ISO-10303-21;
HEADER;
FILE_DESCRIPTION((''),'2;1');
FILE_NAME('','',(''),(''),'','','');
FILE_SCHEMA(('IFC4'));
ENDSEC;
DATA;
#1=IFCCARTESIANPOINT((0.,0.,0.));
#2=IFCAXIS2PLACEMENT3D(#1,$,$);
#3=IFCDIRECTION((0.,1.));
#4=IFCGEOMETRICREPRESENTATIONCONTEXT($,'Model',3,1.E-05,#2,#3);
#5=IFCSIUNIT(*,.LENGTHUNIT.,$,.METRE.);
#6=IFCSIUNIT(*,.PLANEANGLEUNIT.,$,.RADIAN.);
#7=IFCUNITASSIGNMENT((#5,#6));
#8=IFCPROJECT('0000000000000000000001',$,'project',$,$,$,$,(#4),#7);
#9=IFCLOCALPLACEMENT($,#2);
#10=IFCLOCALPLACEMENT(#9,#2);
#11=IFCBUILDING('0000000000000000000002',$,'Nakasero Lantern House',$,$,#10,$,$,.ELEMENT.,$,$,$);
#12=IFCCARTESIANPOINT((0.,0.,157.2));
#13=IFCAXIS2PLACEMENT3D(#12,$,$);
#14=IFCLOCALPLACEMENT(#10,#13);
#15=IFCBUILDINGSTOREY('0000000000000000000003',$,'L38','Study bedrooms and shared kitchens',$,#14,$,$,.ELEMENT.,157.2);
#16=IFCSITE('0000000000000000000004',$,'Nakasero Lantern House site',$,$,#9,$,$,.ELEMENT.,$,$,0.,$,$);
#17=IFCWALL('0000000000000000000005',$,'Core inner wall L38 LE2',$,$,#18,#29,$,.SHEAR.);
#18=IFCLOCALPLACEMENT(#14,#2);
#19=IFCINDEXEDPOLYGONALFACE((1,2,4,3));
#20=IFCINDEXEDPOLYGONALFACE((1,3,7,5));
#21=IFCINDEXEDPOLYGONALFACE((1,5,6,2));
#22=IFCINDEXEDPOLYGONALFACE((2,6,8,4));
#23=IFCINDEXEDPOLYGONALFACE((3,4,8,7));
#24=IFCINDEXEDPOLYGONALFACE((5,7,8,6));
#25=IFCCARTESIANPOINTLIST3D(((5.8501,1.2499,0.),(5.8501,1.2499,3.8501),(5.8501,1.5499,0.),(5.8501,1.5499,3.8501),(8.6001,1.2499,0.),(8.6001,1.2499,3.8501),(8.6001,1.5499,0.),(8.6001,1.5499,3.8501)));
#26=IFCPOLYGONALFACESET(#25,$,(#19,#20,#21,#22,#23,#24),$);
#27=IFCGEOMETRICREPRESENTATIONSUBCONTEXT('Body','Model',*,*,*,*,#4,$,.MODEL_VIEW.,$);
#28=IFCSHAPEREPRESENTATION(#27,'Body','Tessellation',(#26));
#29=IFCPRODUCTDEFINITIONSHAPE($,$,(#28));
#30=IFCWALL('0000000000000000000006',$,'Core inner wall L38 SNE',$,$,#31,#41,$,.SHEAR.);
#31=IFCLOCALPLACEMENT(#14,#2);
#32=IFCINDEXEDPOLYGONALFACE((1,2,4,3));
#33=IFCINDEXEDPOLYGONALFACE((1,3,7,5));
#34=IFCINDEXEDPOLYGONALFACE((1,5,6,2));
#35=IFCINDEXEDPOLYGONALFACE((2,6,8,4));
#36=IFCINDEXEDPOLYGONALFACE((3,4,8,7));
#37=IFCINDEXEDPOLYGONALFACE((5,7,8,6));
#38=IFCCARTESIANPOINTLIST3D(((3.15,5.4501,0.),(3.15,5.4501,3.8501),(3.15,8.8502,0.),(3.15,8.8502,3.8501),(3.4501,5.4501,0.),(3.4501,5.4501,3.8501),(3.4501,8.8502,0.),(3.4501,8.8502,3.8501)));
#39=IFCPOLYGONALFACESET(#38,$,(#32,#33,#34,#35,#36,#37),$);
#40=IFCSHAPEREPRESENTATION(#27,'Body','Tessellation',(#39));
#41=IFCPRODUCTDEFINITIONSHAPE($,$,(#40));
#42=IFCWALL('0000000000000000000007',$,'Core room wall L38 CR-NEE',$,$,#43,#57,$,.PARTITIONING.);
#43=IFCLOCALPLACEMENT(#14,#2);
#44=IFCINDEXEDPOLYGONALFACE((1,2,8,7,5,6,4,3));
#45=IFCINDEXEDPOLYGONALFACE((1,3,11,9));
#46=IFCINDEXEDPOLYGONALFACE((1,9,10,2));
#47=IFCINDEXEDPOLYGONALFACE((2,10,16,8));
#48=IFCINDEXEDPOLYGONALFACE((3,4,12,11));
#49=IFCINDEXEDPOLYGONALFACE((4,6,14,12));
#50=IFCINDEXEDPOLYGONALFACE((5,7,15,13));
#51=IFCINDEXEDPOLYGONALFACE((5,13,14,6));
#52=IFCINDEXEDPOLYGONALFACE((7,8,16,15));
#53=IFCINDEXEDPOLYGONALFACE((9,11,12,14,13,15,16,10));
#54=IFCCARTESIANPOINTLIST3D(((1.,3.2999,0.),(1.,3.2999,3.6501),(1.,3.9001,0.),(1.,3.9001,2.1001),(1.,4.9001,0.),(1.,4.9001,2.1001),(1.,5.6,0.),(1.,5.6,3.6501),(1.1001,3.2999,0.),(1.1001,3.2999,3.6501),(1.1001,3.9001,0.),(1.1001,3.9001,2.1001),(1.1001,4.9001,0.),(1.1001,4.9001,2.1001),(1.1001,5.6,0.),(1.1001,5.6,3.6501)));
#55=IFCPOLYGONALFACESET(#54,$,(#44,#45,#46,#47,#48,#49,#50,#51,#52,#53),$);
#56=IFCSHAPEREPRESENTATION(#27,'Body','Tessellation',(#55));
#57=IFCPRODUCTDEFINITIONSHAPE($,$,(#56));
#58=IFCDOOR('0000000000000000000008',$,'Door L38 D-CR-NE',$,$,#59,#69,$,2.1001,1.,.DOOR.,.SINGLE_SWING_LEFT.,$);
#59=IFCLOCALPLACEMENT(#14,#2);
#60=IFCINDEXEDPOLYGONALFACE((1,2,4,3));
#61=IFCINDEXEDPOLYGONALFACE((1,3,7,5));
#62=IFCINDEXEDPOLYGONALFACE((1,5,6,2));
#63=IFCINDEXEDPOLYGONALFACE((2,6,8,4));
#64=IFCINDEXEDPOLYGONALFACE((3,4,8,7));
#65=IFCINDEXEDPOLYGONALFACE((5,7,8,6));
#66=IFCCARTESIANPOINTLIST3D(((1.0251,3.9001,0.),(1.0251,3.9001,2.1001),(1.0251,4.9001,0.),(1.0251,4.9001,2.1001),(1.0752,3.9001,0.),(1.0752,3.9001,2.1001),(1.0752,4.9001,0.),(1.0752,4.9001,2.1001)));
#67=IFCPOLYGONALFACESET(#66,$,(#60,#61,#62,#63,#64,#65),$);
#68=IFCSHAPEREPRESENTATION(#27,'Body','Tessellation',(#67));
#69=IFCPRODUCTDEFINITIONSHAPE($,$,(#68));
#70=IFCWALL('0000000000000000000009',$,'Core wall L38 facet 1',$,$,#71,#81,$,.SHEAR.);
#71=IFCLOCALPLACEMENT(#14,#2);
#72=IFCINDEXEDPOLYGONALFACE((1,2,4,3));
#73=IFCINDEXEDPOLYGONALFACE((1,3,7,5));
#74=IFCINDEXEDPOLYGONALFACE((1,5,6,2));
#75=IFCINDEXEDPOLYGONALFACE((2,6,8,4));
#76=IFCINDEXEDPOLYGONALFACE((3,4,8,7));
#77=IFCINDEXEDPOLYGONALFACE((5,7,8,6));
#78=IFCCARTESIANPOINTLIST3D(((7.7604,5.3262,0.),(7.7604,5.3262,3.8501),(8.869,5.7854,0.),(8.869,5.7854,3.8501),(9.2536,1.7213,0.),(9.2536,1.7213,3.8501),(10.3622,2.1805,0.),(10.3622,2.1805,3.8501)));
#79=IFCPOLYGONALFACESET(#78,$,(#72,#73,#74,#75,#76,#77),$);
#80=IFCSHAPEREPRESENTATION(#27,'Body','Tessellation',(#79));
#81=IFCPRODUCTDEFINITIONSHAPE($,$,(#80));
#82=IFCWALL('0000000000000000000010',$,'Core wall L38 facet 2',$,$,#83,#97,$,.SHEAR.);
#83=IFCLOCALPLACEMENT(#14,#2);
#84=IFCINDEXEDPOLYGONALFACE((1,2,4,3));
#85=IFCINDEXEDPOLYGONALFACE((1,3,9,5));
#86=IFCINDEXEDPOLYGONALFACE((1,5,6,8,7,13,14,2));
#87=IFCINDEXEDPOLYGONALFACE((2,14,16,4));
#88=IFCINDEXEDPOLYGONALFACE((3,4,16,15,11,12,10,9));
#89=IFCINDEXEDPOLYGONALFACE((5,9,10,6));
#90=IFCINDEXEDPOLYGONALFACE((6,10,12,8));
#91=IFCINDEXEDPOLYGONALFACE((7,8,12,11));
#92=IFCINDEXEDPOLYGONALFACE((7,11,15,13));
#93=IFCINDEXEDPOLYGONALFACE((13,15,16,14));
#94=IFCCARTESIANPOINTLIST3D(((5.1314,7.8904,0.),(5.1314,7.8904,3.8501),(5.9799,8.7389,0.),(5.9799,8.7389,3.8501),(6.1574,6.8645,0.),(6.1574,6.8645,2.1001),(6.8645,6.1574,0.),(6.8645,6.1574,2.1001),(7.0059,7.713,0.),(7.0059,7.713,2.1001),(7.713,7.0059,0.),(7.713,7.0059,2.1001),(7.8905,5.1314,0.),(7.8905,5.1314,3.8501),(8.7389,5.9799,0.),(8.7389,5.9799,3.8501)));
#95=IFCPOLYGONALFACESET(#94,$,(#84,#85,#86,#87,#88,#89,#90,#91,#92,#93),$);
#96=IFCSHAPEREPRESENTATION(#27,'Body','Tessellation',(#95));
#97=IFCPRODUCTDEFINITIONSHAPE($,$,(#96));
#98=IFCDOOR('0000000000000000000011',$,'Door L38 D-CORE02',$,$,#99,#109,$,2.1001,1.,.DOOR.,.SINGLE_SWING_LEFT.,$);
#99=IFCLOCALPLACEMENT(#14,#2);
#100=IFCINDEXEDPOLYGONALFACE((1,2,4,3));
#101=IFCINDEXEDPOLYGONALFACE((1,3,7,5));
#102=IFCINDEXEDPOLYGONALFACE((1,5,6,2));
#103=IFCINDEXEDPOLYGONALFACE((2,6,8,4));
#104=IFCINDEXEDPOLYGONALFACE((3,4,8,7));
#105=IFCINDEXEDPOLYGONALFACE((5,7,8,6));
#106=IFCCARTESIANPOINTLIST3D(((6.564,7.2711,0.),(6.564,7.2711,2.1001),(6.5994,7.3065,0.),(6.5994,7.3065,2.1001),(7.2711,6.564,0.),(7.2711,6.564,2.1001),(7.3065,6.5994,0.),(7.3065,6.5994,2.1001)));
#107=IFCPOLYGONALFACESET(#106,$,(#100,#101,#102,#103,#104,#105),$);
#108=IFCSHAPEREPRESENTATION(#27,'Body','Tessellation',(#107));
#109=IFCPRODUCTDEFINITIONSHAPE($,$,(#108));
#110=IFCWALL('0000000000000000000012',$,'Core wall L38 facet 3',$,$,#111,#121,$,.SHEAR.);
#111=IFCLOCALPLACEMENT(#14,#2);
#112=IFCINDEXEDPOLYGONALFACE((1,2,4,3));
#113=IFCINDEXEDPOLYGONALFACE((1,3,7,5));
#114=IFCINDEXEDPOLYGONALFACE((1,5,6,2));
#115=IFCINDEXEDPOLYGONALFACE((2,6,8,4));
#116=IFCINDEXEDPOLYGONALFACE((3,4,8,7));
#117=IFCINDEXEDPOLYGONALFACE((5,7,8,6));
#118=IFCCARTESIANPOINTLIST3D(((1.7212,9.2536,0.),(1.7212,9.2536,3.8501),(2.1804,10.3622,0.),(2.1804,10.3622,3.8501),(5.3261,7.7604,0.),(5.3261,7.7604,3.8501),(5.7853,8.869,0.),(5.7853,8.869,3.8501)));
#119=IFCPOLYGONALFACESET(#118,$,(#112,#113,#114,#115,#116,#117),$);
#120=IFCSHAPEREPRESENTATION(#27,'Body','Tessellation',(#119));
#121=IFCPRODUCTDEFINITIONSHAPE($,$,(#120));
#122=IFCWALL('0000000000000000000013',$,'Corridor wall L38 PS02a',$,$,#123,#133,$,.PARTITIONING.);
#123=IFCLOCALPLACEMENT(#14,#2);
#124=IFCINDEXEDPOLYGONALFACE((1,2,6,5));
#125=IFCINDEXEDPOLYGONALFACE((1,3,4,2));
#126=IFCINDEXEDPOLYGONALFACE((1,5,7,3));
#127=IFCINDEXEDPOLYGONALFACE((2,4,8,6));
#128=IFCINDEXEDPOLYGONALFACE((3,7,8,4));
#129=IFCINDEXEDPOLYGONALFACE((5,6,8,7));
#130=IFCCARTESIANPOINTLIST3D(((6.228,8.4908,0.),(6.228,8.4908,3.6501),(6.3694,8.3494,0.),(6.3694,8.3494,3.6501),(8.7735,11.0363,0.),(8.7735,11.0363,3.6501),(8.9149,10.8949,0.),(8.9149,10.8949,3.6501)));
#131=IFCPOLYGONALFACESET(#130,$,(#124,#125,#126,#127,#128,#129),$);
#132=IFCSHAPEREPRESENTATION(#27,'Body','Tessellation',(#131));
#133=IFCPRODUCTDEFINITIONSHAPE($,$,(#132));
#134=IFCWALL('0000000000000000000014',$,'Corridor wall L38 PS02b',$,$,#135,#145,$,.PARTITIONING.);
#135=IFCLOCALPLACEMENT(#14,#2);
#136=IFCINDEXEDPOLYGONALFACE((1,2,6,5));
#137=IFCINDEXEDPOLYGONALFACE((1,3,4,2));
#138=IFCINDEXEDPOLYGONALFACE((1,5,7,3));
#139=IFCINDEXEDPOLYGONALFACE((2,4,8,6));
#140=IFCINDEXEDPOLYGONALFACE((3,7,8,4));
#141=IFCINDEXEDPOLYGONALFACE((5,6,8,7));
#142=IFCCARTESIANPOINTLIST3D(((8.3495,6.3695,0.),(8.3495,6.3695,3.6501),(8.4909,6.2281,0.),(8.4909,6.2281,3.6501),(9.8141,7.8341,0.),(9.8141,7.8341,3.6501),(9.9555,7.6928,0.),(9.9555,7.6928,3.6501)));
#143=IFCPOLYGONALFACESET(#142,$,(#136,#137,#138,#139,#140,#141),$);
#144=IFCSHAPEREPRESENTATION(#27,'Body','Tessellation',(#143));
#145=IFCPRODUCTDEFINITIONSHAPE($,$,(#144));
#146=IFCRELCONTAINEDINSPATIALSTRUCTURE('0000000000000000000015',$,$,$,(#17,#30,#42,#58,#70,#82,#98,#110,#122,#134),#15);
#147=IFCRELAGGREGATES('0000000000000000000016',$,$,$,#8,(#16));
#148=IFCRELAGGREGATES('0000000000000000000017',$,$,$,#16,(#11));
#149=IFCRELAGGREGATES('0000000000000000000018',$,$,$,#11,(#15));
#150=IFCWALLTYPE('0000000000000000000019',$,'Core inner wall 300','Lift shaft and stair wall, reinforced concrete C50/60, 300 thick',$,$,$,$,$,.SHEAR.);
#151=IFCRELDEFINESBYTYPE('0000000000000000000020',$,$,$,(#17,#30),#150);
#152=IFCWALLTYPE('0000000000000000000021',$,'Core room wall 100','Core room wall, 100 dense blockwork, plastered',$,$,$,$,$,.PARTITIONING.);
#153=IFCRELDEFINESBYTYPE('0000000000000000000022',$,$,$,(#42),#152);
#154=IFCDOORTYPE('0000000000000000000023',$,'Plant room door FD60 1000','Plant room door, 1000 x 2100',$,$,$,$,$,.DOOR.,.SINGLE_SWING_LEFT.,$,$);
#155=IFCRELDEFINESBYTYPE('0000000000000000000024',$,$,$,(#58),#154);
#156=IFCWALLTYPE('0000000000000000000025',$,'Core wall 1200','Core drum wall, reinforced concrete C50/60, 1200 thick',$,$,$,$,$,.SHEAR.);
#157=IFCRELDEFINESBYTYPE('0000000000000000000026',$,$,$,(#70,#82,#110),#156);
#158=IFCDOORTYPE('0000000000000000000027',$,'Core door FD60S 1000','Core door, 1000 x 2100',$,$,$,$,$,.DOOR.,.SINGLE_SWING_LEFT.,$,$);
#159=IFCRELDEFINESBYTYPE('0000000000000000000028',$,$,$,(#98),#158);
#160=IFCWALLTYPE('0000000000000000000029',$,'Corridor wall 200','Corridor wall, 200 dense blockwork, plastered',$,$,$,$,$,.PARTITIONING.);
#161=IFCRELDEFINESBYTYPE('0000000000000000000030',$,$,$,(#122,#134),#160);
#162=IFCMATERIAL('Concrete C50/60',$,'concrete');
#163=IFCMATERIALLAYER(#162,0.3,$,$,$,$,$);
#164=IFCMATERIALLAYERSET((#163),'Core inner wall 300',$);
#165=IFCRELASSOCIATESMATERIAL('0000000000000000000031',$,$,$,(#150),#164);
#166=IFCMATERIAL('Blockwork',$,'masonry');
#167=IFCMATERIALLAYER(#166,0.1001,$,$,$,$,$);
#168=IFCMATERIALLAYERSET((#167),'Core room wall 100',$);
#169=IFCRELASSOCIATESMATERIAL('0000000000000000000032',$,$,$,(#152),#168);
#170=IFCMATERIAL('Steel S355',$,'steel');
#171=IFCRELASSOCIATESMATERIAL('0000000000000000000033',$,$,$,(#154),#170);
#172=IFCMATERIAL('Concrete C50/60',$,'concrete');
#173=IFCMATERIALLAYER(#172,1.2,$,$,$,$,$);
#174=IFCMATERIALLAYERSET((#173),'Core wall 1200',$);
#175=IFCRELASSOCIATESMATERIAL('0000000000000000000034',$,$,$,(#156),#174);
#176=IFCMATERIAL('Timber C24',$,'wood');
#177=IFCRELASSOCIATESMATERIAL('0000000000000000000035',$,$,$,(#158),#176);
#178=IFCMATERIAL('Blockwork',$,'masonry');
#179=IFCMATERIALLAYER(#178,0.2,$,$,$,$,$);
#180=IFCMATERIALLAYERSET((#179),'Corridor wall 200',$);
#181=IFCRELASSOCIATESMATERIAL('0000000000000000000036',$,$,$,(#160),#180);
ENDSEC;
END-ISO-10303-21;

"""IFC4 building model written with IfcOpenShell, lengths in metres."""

from ifc_helpers import new_model, si_unit, direction, frame, frame_2d, origin, place, context, subcontext, project, spatial, rectangle, extrude, material, layer, layer_set, type_object, element, fill, save


model = new_model("IFC4")

# Units and contexts
model_context = context("Model", 3, precision=1e-05, world=origin(), true_north=direction((0.0, 1.0)))
body_context = subcontext(model_context, "Body", "Model", "MODEL_VIEW")
ifc_project = project(units=[si_unit("LENGTHUNIT", "METRE"), si_unit("PLANEANGLEUNIT", "RADIAN")], contexts=[model_context])

# Site, building, storey
site_placement = place(None, origin())
site = spatial("IfcSite", under=ifc_project, at=site_placement, Name="Nakasero Lantern House site", CompositionType="ELEMENT", RefElevation=0.0)
building_placement = place(site_placement, origin())
building = spatial("IfcBuilding", under=site, at=building_placement, Name="Nakasero Lantern House", CompositionType="ELEMENT")
storey_placement = place(building_placement, frame((0.0, 0.0, 157.2)))
storey = spatial("IfcBuildingStorey", under=building, at=storey_placement, Name="L38", Description="Study bedrooms and shared kitchens", CompositionType="ELEMENT", Elevation=157.2)

# Walls
ifc_material_1 = material(Name="Concrete C50/60", Category="concrete")
ifc_layer_1 = layer(ifc_material_1, 0.3)
ifc_layer_set_1 = layer_set([ifc_layer_1], Name="Core inner wall 300")
wall_type_1 = type_object("IfcWallType", Name="Core inner wall 300", Description="Lift shaft and stair wall, reinforced concrete C50/60, 300 thick", PredefinedType="SHEAR", material=ifc_layer_set_1)
wall_1_placement = place(storey_placement, frame((5.8501, 1.3999, 0.0), z_axis=(0.0, 0.0, 1.0), x_axis=(1.0, 0.0, 0.0)))
element("IfcWall", 1, at=wall_1_placement, inside=storey, type_object=wall_type_1, Name="Core inner wall L38 LE2", PredefinedType="SHEAR", context=body_context, shape_type="SweptSolid", body=[
    extrude(rectangle(XDim=2.75, YDim=0.3, at=frame_2d((1.375, 0.0))), origin(), (0.0, 0.0, 1.0), 3.8501),
])
wall_2_placement = place(storey_placement, frame((3.3, 5.45, 0.0), z_axis=(0.0, 0.0, 1.0), x_axis=(0.0, 1.0, 0.0)))
element("IfcWall", 2, at=wall_2_placement, inside=storey, type_object=wall_type_1, Name="Core inner wall L38 SNE", PredefinedType="SHEAR", context=body_context, shape_type="SweptSolid", body=[
    extrude(rectangle(XDim=3.4001, YDim=0.3, at=frame_2d((1.7002, 0.0))), origin(), (0.0, 0.0, 1.0), 3.8501),
])

# Wall, opening, door
ifc_material_2 = material(Name="Blockwork", Category="masonry")
ifc_layer_2 = layer(ifc_material_2, 0.1001)
ifc_layer_set_2 = layer_set([ifc_layer_2], Name="Core room wall 100")
wall_type_2 = type_object("IfcWallType", Name="Core room wall 100", Description="Core room wall, 100 dense blockwork, plastered", PredefinedType="PARTITIONING", material=ifc_layer_set_2)
wall_3_placement = place(storey_placement, frame((1.05, 3.3, 0.0), z_axis=(0.0, 0.0, 1.0), x_axis=(0.0, 1.0, 0.0)))
wall_3 = element("IfcWall", 3, at=wall_3_placement, inside=storey, type_object=wall_type_2, Name="Core room wall L38 CR-NEE", PredefinedType="PARTITIONING", context=body_context, shape_type="SweptSolid", body=[
    extrude(rectangle(XDim=2.3, YDim=0.1001, at=frame_2d((1.1499, 0.0))), origin(), (0.0, 0.0, 1.0), 3.6501),
])
opening_1_placement = place(wall_3_placement, frame((0.6001, 0.0, 0.0)))
opening_1 = element("IfcOpeningElement", 4, at=opening_1_placement, cuts=wall_3, PredefinedType="OPENING", context=body_context, shape_type="SweptSolid", body=[
    extrude(rectangle(XDim=1.0, YDim=2.1001, at=frame_2d((0.5, 1.05))), frame((0.0, 0.0701, 0.0), z_axis=(0.0, -1.0, 0.0), x_axis=(1.0, 0.0, 0.0)), (0.0, 0.0, 1.0), 0.1401),
])
ifc_material_3 = material(Name="Steel S355", Category="steel")
door_type_1 = type_object("IfcDoorType", Name="Plant room door FD60 1000", Description="Plant room door, 1000 x 2100", OperationType="SINGLE_SWING_LEFT", PredefinedType="DOOR", material=ifc_material_3)
door_1_placement = place(opening_1_placement, origin())
door_1 = element("IfcDoor", 5, at=door_1_placement, inside=storey, type_object=door_type_1, Name="Door L38 D-CR-NE", OperationType="SINGLE_SWING_LEFT", OverallHeight=2.1001, OverallWidth=1.0, PredefinedType="DOOR", context=body_context, shape_type="SweptSolid", body=[
    extrude(rectangle(XDim=1.0, YDim=2.1001, at=frame_2d((0.5, 1.05))), frame((0.0, 0.0249, 0.0), z_axis=(0.0, -1.0, 0.0), x_axis=(1.0, 0.0, 0.0)), (0.0, 0.0, 1.0), 0.05),
])
fill(opening_1, door_1)

# Wall
ifc_material_4 = material(Name="Concrete C50/60", Category="concrete")
ifc_layer_3 = layer(ifc_material_4, 1.2)
ifc_layer_set_3 = layer_set([ifc_layer_3], Name="Core wall 1200")
wall_type_3 = type_object("IfcWallType", Name="Core wall 1200", Description="Core drum wall, reinforced concrete C50/60, 1200 thick", PredefinedType="SHEAR", material=ifc_layer_set_3)
wall_4_placement = place(storey_placement, frame((9.8079, 1.9509, 0.0), z_axis=(0.0, 0.0, 1.0), x_axis=(-0.382691, 0.923877, 0.0)))
element("IfcWall", 6, at=wall_4_placement, inside=storey, type_object=wall_type_3, Name="Core wall L38 facet 1", PredefinedType="SHEAR", context=body_context, shape_type="SweptSolid", body=[
    extrude(rectangle(XDim=3.9019, YDim=1.2, at=frame_2d((1.9509, 0.0))), origin(), (0.0, 0.0, 1.0), 3.8501),
])

# Wall, opening, door
wall_5_placement = place(storey_placement, frame((8.3147, 5.5557, 0.0), z_axis=(0.0, 0.0, 1.0), x_axis=(-0.707107, 0.707107, 0.0)))
wall_5 = element("IfcWall", 7, at=wall_5_placement, inside=storey, type_object=wall_type_3, Name="Core wall L38 facet 2", PredefinedType="SHEAR", context=body_context, shape_type="SweptSolid", body=[
    extrude(rectangle(XDim=3.9019, YDim=1.2, at=frame_2d((1.9509, 0.0))), origin(), (0.0, 0.0, 1.0), 3.8501),
])
opening_2_placement = place(wall_5_placement, frame((1.4509, 0.0, 0.0)))
opening_2 = element("IfcOpeningElement", 8, at=opening_2_placement, cuts=wall_5, PredefinedType="OPENING", context=body_context, shape_type="SweptSolid", body=[
    extrude(rectangle(XDim=1.0, YDim=2.1001, at=frame_2d((0.5, 1.05))), frame((0.0, 0.6199, 0.0), z_axis=(0.0, -1.0, 0.0), x_axis=(1.0, 0.0, 0.0)), (0.0, 0.0, 1.0), 1.24),
])
ifc_material_5 = material(Name="Timber C24", Category="wood")
door_type_2 = type_object("IfcDoorType", Name="Core door FD60S 1000", Description="Core door, 1000 x 2100", OperationType="SINGLE_SWING_LEFT", PredefinedType="DOOR", material=ifc_material_5)
door_2_placement = place(opening_2_placement, origin())
door_2 = element("IfcDoor", 9, at=door_2_placement, inside=storey, type_object=door_type_2, Name="Door L38 D-CORE02", OperationType="SINGLE_SWING_LEFT", OverallHeight=2.1001, OverallWidth=1.0, PredefinedType="DOOR", context=body_context, shape_type="SweptSolid", body=[
    extrude(rectangle(XDim=1.0, YDim=2.1001, at=frame_2d((0.5, 1.05))), frame((0.0, 0.0249, 0.0), z_axis=(0.0, -1.0, 0.0), x_axis=(1.0, 0.0, 0.0)), (0.0, 0.0, 1.0), 0.05),
])
fill(opening_2, door_2)

# Walls
wall_6_placement = place(storey_placement, frame((5.5557, 8.3147, 0.0), z_axis=(0.0, 0.0, 1.0), x_axis=(-0.923877, 0.382691, 0.0)))
element("IfcWall", 10, at=wall_6_placement, inside=storey, type_object=wall_type_3, Name="Core wall L38 facet 3", PredefinedType="SHEAR", context=body_context, shape_type="SweptSolid", body=[
    extrude(rectangle(XDim=3.9019, YDim=1.2, at=frame_2d((1.9509, 0.0))), origin(), (0.0, 0.0, 1.0), 3.8501),
])
ifc_material_6 = material(Name="Blockwork", Category="masonry")
ifc_layer_4 = layer(ifc_material_6, 0.2)
ifc_layer_set_4 = layer_set([ifc_layer_4], Name="Corridor wall 200")
wall_type_4 = type_object("IfcWallType", Name="Corridor wall 200", Description="Corridor wall, 200 dense blockwork, plastered", PredefinedType="PARTITIONING", material=ifc_layer_set_4)
wall_7_placement = place(storey_placement, frame((6.2988, 8.4202, 0.0), z_axis=(0.0, 0.0, 1.0), x_axis=(0.707107, 0.707107, 0.0)))
element("IfcWall", 11, at=wall_7_placement, inside=storey, type_object=wall_type_4, Name="Corridor wall L38 PS02a", PredefinedType="PARTITIONING", context=body_context, shape_type="SweptSolid", body=[
    extrude(rectangle(XDim=3.5999, YDim=0.2, at=frame_2d((1.7998, 0.0))), origin(), (0.0, 0.0, 1.0), 3.6501),
])
wall_8_placement = place(storey_placement, frame((8.4202, 6.2988, 0.0), z_axis=(0.0, 0.0, 1.0), x_axis=(0.707107, 0.707107, 0.0)))
element("IfcWall", 12, at=wall_8_placement, inside=storey, type_object=wall_type_4, Name="Corridor wall L38 PS02b", PredefinedType="PARTITIONING", context=body_context, shape_type="SweptSolid", body=[
    extrude(rectangle(XDim=2.0713, YDim=0.2, at=frame_2d((1.0356, 0.0))), origin(), (0.0, 0.0, 1.0), 3.6501),
])

save(model, "model.ifc")
